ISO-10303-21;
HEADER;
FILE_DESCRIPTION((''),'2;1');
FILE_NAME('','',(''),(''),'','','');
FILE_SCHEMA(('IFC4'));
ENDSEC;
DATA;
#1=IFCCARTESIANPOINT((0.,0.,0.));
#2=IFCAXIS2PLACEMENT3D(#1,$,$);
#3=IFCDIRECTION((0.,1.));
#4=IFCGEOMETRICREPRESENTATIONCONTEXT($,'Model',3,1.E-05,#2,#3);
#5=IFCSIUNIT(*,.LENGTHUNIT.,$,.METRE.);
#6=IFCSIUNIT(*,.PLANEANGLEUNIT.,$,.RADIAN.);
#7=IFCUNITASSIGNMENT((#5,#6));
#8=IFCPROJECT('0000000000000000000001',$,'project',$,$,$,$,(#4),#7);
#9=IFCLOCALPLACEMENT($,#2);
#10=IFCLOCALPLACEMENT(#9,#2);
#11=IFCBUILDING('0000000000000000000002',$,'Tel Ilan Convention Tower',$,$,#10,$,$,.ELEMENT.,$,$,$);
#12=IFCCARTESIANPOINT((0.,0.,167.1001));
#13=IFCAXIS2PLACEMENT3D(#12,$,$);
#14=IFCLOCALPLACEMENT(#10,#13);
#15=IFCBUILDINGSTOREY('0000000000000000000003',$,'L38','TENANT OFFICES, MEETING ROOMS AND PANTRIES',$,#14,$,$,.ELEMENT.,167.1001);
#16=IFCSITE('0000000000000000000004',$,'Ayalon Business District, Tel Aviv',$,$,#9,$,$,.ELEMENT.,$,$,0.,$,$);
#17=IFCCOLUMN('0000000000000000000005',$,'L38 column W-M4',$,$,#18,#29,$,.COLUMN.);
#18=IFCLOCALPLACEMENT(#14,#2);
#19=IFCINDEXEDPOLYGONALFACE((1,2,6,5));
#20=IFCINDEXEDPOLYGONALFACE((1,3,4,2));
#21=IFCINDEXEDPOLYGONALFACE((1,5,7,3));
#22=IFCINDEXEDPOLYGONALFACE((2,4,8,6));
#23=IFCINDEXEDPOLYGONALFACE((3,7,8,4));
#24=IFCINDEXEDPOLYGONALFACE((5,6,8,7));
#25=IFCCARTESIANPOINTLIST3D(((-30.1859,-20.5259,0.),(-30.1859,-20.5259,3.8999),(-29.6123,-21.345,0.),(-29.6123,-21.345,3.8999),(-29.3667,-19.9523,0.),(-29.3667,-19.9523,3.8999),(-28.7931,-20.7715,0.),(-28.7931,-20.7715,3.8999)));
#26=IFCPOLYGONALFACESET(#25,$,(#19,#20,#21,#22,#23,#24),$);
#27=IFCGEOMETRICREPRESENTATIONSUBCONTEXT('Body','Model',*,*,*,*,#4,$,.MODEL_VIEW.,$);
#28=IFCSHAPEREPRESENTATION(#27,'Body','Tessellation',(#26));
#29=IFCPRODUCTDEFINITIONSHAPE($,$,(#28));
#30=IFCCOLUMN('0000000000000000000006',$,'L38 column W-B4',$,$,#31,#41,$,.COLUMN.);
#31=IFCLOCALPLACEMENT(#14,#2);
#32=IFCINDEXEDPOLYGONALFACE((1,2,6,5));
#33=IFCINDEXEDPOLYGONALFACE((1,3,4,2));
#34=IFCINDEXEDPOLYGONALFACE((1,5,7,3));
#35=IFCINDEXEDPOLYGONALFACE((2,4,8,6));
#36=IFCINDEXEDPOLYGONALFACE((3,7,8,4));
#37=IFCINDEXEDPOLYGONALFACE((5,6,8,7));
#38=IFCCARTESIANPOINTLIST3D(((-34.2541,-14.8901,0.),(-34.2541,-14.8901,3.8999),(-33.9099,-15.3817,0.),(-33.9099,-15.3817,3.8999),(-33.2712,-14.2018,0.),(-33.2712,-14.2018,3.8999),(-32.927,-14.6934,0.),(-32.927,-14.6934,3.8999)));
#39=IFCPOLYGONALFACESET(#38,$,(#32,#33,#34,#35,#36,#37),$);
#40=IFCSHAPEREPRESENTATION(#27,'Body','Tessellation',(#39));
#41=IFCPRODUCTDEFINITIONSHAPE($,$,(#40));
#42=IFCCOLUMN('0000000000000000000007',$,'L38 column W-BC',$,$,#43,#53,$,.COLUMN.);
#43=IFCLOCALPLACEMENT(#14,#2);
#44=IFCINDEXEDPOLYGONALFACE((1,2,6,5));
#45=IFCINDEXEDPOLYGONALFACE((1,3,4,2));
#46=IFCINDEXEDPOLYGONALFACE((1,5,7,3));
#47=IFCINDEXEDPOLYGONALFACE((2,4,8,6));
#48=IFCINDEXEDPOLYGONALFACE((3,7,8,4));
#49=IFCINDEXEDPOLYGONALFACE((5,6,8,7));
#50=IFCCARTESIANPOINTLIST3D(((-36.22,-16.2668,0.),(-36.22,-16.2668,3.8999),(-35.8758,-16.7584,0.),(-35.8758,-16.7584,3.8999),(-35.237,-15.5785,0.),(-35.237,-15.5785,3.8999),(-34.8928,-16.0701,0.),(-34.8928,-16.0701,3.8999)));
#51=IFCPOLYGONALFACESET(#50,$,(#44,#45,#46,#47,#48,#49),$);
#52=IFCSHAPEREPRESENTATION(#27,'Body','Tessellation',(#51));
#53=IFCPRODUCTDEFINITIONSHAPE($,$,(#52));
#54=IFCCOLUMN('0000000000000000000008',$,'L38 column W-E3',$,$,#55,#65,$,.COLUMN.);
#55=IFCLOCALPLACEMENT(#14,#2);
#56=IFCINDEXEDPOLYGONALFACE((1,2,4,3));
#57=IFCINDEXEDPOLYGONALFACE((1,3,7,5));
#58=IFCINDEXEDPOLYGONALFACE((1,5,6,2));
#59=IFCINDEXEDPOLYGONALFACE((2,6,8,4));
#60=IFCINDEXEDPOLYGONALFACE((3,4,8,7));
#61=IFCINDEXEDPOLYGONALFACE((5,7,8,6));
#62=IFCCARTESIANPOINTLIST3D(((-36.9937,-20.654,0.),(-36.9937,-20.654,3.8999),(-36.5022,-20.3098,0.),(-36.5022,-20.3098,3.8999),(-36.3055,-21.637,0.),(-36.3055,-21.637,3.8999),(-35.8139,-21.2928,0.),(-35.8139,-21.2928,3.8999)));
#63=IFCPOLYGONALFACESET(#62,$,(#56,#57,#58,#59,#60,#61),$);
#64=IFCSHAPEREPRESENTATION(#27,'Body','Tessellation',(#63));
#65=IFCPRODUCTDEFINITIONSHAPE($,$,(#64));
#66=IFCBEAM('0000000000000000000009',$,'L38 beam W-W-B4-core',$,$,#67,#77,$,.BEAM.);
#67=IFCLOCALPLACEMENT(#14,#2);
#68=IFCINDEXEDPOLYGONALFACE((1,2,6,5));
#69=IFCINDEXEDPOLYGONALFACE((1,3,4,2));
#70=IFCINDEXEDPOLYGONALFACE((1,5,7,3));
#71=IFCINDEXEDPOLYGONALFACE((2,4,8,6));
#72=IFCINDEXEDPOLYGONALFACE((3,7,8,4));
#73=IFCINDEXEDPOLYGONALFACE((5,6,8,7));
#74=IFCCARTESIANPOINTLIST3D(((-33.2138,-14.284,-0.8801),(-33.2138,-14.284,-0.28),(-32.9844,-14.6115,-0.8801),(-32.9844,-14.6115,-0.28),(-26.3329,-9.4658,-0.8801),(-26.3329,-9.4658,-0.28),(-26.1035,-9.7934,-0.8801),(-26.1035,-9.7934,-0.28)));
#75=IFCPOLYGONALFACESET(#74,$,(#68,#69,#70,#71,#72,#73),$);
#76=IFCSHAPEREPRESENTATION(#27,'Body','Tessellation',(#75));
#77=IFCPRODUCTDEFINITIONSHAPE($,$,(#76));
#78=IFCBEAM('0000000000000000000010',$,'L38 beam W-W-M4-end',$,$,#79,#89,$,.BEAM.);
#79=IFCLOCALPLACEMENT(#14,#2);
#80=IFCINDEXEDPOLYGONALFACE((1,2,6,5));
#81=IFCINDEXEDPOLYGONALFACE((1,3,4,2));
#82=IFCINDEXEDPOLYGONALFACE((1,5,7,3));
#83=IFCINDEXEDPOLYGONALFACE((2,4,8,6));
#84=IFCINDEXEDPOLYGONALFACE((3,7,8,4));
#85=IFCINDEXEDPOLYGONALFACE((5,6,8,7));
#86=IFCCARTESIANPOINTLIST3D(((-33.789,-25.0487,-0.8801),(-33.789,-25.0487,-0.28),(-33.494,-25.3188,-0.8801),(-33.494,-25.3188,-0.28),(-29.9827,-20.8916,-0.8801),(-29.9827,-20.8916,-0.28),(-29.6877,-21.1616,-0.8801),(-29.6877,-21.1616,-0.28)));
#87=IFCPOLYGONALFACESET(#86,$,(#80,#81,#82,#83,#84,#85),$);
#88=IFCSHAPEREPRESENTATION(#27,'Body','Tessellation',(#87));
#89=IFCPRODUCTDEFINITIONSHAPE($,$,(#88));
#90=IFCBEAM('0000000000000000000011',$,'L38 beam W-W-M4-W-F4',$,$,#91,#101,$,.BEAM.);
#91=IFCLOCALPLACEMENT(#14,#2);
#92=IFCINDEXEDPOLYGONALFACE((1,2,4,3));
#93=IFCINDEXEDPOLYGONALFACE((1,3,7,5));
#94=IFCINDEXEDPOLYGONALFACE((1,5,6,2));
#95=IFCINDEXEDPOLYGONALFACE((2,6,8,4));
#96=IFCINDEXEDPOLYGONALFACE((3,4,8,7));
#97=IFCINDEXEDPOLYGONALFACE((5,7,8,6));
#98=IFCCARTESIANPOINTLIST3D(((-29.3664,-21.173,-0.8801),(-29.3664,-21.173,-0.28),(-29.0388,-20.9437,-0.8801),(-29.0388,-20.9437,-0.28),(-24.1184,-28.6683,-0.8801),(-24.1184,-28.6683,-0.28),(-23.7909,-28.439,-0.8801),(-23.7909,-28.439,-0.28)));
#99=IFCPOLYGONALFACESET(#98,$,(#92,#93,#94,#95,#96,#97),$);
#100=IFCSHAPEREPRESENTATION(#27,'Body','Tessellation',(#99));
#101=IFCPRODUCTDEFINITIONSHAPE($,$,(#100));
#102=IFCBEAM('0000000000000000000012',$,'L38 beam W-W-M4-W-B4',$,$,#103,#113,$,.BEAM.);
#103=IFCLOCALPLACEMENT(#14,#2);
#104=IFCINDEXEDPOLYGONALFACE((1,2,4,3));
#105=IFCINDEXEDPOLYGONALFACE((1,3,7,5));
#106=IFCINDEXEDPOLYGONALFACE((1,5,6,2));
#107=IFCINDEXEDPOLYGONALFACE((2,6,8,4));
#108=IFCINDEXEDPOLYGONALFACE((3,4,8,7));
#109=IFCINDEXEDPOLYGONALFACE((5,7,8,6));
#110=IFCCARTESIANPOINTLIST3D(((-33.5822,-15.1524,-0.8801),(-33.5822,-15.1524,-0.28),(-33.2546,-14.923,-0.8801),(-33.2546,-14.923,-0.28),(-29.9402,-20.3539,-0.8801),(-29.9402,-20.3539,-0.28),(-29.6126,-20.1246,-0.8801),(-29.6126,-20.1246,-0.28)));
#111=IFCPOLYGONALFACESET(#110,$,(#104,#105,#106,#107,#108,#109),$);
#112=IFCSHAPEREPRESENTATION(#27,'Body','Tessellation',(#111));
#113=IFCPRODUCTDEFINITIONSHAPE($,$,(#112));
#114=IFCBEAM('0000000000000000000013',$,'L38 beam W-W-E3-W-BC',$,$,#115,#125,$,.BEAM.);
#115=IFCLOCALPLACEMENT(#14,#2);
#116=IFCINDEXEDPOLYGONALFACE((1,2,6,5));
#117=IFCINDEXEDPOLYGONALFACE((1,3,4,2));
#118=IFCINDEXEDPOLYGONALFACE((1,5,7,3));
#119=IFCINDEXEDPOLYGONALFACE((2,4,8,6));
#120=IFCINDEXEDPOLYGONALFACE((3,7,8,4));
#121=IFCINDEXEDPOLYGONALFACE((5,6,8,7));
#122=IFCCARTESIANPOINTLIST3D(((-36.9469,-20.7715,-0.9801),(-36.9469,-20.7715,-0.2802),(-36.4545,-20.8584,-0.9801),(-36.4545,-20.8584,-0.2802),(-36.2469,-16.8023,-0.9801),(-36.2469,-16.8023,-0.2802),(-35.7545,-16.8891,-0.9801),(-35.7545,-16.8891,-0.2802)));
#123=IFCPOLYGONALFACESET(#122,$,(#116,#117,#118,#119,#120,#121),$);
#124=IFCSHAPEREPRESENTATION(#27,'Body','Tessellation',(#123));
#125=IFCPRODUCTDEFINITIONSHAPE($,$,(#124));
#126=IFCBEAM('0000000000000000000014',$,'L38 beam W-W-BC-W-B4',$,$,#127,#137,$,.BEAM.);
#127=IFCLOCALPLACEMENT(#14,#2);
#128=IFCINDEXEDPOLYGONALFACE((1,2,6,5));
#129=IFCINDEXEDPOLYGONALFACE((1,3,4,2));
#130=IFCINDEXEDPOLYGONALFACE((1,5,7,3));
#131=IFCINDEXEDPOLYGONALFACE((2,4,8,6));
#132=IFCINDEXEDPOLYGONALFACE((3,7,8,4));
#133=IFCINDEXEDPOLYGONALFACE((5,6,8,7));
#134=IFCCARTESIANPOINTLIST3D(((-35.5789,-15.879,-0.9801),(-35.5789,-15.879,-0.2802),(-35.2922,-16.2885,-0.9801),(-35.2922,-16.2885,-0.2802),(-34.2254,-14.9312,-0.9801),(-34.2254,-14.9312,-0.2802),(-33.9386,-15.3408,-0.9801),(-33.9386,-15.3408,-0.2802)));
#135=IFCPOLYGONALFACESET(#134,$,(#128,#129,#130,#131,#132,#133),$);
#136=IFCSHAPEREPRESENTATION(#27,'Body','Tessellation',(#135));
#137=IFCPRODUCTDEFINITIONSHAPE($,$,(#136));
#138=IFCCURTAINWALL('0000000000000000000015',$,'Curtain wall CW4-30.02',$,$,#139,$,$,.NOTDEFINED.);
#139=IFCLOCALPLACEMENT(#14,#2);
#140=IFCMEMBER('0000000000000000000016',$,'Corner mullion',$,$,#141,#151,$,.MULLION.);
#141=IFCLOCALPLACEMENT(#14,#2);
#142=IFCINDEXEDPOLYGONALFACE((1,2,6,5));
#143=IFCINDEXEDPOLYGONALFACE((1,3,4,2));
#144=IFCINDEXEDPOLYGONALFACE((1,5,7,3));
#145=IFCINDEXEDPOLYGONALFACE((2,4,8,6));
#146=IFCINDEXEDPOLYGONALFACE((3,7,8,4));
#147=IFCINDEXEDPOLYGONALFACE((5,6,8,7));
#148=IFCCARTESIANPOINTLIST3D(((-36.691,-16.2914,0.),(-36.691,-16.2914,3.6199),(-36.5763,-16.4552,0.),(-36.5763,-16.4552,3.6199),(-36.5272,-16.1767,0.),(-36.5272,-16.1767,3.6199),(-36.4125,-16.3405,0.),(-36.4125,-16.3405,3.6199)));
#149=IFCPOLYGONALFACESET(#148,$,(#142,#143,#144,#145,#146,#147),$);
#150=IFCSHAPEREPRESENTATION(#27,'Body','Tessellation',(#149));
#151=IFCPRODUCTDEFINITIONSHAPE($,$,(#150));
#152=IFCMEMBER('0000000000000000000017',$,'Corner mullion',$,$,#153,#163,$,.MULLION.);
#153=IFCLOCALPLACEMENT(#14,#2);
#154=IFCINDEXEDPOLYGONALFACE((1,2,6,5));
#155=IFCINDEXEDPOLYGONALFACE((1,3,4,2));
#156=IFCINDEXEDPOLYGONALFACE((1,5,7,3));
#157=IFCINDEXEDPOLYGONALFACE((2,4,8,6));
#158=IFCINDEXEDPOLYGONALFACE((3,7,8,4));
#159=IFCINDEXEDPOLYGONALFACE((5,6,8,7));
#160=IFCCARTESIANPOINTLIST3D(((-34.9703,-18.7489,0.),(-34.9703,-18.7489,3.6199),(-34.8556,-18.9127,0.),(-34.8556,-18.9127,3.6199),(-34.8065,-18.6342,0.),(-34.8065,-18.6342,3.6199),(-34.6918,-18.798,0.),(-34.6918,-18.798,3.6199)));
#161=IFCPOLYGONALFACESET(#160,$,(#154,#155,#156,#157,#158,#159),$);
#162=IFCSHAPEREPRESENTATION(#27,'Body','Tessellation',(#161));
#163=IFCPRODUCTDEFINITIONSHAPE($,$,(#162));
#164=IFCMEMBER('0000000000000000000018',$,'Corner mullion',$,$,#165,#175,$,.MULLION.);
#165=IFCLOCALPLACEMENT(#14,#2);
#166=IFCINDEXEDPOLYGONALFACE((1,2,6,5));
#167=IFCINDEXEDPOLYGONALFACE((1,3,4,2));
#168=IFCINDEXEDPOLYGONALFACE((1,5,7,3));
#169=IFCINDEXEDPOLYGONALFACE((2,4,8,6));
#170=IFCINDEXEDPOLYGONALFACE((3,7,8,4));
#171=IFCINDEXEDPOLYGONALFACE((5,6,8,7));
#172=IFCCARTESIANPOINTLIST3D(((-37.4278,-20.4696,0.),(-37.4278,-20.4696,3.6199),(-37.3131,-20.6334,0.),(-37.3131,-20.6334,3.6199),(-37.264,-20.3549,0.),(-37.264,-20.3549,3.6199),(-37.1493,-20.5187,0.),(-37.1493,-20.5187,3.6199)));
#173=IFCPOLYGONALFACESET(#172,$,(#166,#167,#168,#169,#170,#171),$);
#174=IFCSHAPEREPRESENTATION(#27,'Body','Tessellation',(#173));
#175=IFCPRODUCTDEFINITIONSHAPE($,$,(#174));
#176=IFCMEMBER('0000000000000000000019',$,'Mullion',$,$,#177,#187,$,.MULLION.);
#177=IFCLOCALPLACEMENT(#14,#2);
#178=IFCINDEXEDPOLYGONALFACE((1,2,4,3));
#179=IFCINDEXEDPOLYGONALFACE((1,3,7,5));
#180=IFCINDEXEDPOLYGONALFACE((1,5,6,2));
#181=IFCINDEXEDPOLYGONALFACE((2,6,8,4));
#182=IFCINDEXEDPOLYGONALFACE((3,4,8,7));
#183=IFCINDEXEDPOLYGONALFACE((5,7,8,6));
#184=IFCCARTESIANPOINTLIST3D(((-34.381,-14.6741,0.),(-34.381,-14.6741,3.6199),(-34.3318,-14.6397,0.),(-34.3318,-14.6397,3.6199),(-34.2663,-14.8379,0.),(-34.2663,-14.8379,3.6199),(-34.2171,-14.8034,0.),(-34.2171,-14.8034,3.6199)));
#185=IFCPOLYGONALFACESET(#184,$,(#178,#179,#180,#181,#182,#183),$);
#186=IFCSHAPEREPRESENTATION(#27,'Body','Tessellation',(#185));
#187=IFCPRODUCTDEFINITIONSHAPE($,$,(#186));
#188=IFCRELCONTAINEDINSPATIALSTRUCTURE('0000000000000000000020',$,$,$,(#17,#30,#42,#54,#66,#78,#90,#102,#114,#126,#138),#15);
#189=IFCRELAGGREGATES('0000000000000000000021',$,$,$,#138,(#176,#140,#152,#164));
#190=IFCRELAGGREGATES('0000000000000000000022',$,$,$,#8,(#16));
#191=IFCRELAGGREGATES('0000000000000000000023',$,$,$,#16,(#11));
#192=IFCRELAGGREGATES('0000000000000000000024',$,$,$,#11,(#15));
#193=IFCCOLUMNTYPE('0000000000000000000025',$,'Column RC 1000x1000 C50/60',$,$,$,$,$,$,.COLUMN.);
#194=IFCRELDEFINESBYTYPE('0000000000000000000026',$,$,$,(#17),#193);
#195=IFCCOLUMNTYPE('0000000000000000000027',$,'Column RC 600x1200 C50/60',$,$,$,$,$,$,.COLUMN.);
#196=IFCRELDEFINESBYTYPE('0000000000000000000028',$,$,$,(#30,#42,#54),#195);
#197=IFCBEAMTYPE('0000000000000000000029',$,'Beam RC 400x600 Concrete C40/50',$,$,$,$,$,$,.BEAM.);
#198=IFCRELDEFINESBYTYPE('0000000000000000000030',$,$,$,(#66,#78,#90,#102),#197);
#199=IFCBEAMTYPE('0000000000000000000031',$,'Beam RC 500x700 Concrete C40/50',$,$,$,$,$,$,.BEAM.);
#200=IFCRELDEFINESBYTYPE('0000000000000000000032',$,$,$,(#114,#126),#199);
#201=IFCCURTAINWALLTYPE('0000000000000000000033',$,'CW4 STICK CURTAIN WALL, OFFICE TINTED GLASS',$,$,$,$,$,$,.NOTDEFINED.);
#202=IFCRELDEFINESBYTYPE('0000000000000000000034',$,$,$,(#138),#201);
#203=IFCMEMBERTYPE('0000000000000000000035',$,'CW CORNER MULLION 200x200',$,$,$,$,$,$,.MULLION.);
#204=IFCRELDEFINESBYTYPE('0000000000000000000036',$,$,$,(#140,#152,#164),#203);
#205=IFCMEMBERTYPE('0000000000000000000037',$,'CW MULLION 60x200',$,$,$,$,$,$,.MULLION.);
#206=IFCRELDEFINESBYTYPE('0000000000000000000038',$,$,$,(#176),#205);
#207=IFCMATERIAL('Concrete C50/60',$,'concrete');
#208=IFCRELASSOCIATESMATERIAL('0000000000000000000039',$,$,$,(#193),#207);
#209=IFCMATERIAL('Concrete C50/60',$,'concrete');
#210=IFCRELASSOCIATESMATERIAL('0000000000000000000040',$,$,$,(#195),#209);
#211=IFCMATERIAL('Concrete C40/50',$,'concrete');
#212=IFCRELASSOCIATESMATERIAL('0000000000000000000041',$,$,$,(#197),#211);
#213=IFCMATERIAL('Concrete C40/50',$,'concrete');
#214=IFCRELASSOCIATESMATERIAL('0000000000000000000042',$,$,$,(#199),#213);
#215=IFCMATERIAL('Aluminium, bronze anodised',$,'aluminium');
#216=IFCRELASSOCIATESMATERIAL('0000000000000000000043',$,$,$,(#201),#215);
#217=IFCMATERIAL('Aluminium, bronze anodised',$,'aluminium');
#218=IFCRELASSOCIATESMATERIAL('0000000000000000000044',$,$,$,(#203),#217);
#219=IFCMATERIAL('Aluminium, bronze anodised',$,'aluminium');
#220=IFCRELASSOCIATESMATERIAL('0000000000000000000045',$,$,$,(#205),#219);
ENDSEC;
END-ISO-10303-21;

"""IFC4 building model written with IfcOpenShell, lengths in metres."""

from ifc_helpers import new_model, si_unit, direction, frame, origin, origin_2d, place, context, subcontext, project, spatial, rectangle, extrude, material, material_profile, profile_set, type_object, element, aggregate, save


model = new_model("IFC4")

# Units and contexts
model_context = context("Model", 3, precision=1e-05, world=origin(), true_north=direction((0.0, 1.0)))
body_context = subcontext(model_context, "Body", "Model", "MODEL_VIEW")
ifc_project = project(units=[si_unit("LENGTHUNIT", "METRE"), si_unit("PLANEANGLEUNIT", "RADIAN")], contexts=[model_context])

# Site, building, storey
site_placement = place(None, origin())
site = spatial("IfcSite", under=ifc_project, at=site_placement, Name="Ayalon Business District, Tel Aviv", CompositionType="ELEMENT", RefElevation=0.0)
building_placement = place(site_placement, origin())
building = spatial("IfcBuilding", under=site, at=building_placement, Name="Tel Ilan Convention Tower", CompositionType="ELEMENT")
storey_placement = place(building_placement, frame((0.0, 0.0, 167.1001)))
storey = spatial("IfcBuildingStorey", under=building, at=storey_placement, Name="L38", Description="TENANT OFFICES, MEETING ROOMS AND PANTRIES", CompositionType="ELEMENT", Elevation=167.1001)

# Columns
ifc_material_1 = material(Name="Concrete C50/60", Category="concrete")
ifc_material_profile_1 = material_profile(ifc_material_1, rectangle(XDim=1.0, YDim=1.0, at=origin_2d()), Name="RC 1000x1000")
ifc_profile_set_1 = profile_set([ifc_material_profile_1], Name="Concrete C50/60")
column_type_1 = type_object("IfcColumnType", Name="Column RC 1000x1000 C50/60", PredefinedType="COLUMN", material=ifc_profile_set_1)
column_placement = place(storey_placement, frame((-29.4895, -20.6487, 0.0), z_axis=(0.0, 0.0, 1.0), x_axis=(-0.819152, -0.573576, 0.0)))
element("IfcColumn", 1, at=column_placement, inside=storey, type_object=column_type_1, Name="L38 column W-M4", PredefinedType="COLUMN", context=body_context, shape_type="SweptSolid", body=[
    extrude(rectangle(XDim=1.0, YDim=1.0, at=origin_2d()), origin(), (0.0, 0.0, 1.0), 3.8999),
])
ifc_material_2 = material(Name="Concrete C50/60", Category="concrete")
ifc_material_profile_2 = material_profile(ifc_material_2, rectangle(XDim=1.2, YDim=0.6001, at=origin_2d()), Name="RC 600x1200")
ifc_profile_set_2 = profile_set([ifc_material_profile_2], Name="Concrete C50/60")
column_type_2 = type_object("IfcColumnType", Name="Column RC 600x1200 C50/60", PredefinedType="COLUMN", material=ifc_profile_set_2)
for number, where, z_axis, x_axis, name in (
    (2, (-33.5906, -14.7917, 0.0), (0.0, 0.0, 1.0), (-0.819152, -0.573576, 0.0), "L38 column W-B4"),
    (3, (-35.5564, -16.1685, 0.0), (0.0, 0.0, 1.0), (-0.819152, -0.573576, 0.0), "L38 column W-BC"),
    (4, (-36.4038, -20.9734, 0.0), (0.0, 0.0, 1.0), (-0.573576, 0.819152, 0.0), "L38 column W-E3"),
):
    element("IfcColumn", number, at=place(storey_placement, frame(where, z_axis=z_axis, x_axis=x_axis)), inside=storey, type_object=column_type_2, Name=name, PredefinedType="COLUMN", context=body_context, shape_type="SweptSolid", body=[
        extrude(rectangle(XDim=1.2, YDim=0.6001, at=origin_2d()), origin(), (0.0, 0.0, 1.0), 3.8999),
    ])

# Beams
ifc_material_3 = material(Name="Concrete C40/50", Category="concrete")
ifc_material_profile_3 = material_profile(ifc_material_3, rectangle(XDim=0.3999, YDim=0.6001, at=origin_2d()), Name="RC 400x600")
ifc_profile_set_3 = profile_set([ifc_material_profile_3], Name="Concrete C40/50")
beam_type_1 = type_object("IfcBeamType", Name="Beam RC 400x600 Concrete C40/50", PredefinedType="BEAM", material=ifc_profile_set_3)
beam_1_placement = place(storey_placement, frame((-33.0991, -14.4478, -0.5801), z_axis=(0.819147, 0.573583, 0.0), x_axis=(-0.573583, 0.819147, 0.0)))
element("IfcBeam", 5, at=beam_1_placement, inside=storey, type_object=beam_type_1, Name="L38 beam W-W-B4-core", PredefinedType="BEAM", context=body_context, shape_type="SweptSolid", body=[
    extrude(rectangle(XDim=0.3999, YDim=0.6001, at=origin_2d()), origin(), (0.0, 0.0, 1.0), 8.4001),
])
beam_2_placement = place(storey_placement, frame((-29.8352, -21.0266, -0.5801), z_axis=(-0.675301, -0.737542, 0.0), x_axis=(0.737542, -0.675301, 0.0)))
element("IfcBeam", 6, at=beam_2_placement, inside=storey, type_object=beam_type_1, Name="L38 beam W-W-M4-end", PredefinedType="BEAM", context=body_context, shape_type="SweptSolid", body=[
    extrude(rectangle(XDim=0.3999, YDim=0.6001, at=origin_2d()), origin(), (0.0, 0.0, 1.0), 5.6365),
])
beam_3_placement = place(storey_placement, frame((-29.2026, -21.0583, -0.5801), z_axis=(0.573557, -0.819165, 0.0), x_axis=(0.819165, 0.573557, 0.0)))
element("IfcBeam", 7, at=beam_3_placement, inside=storey, type_object=beam_type_1, Name="L38 beam W-W-M4-W-F4", PredefinedType="BEAM", context=body_context, shape_type="SweptSolid", body=[
    extrude(rectangle(XDim=0.3999, YDim=0.6001, at=origin_2d()), origin(), (0.0, 0.0, 1.0), 9.1499),
])
beam_4_placement = place(storey_placement, frame((-29.7764, -20.2393, -0.5801), z_axis=(-0.57356, 0.819163, 0.0), x_axis=(-0.819163, -0.57356, 0.0)))
element("IfcBeam", 8, at=beam_4_placement, inside=storey, type_object=beam_type_1, Name="L38 beam W-W-M4-W-B4", PredefinedType="BEAM", context=body_context, shape_type="SweptSolid", body=[
    extrude(rectangle(XDim=0.3999, YDim=0.6001, at=origin_2d()), origin(), (0.0, 0.0, 1.0), 6.3499),
])
ifc_material_4 = material(Name="Concrete C40/50", Category="concrete")
ifc_material_profile_4 = material_profile(ifc_material_4, rectangle(XDim=0.5, YDim=0.7, at=origin_2d()), Name="RC 500x700")
ifc_profile_set_4 = profile_set([ifc_material_profile_4], Name="Concrete C40/50")
beam_type_2 = type_object("IfcBeamType", Name="Beam RC 500x700 Concrete C40/50", PredefinedType="BEAM", material=ifc_profile_set_4)
beam_5_placement = place(storey_placement, frame((-36.7007, -20.8149, -0.6301), z_axis=(0.173664, 0.984805, 0.0), x_axis=(-0.984805, 0.173664, 0.0)))
element("IfcBeam", 9, at=beam_5_placement, inside=storey, type_object=beam_type_2, Name="L38 beam W-W-E3-W-BC", PredefinedType="BEAM", context=body_context, shape_type="SweptSolid", body=[
    extrude(rectangle(XDim=0.5, YDim=0.7, at=origin_2d()), origin(), (0.0, 0.0, 1.0), 4.0305),
])
beam_6_placement = place(storey_placement, frame((-35.4355, -16.0837, -0.6301), z_axis=(0.819149, 0.573581, 0.0), x_axis=(-0.573581, 0.819149, 0.0)))
element("IfcBeam", 10, at=beam_6_placement, inside=storey, type_object=beam_type_2, Name="L38 beam W-W-BC-W-B4", PredefinedType="BEAM", context=body_context, shape_type="SweptSolid", body=[
    extrude(rectangle(XDim=0.5, YDim=0.7, at=origin_2d()), origin(), (0.0, 0.0, 1.0), 1.6523),
])

# Curtain wall, members
ifc_material_5 = material(Name="Aluminium, bronze anodised", Category="aluminium")
curtain_wall_type = type_object("IfcCurtainWallType", Name="CW4 STICK CURTAIN WALL, OFFICE TINTED GLASS", PredefinedType="NOTDEFINED", material=ifc_material_5)
curtain_wall_placement = place(storey_placement, origin())
curtain_wall = element("IfcCurtainWall", 11, at=curtain_wall_placement, inside=storey, type_object=curtain_wall_type, Name="Curtain wall CW4-30.02", PredefinedType="NOTDEFINED")
ifc_material_6 = material(Name="Aluminium, bronze anodised", Category="aluminium")
ifc_material_profile_5 = material_profile(ifc_material_6, rectangle(XDim=0.2, YDim=0.2, at=origin_2d()), Name="CW CORNER MULLION 200x200")
ifc_profile_set_5 = profile_set([ifc_material_profile_5], Name="Aluminium, bronze anodised")
member_type_1 = type_object("IfcMemberType", Name="CW CORNER MULLION 200x200", PredefinedType="MULLION", material=ifc_profile_set_5)
member_1_placement = place(storey_placement, frame((-36.5518, -16.3159, 0.0), z_axis=(0.0, 0.0, 1.0), x_axis=(-0.819152, -0.573576, 0.0)))
member_1 = element("IfcMember", 12, at=member_1_placement, type_object=member_type_1, Name="Corner mullion", PredefinedType="MULLION", context=body_context, shape_type="SweptSolid", body=[
    extrude(rectangle(XDim=0.2, YDim=0.2, at=origin_2d()), origin(), (0.0, 0.0, 1.0), 3.6199),
])
member_2_placement = place(storey_placement, frame((-34.8311, -18.7734, 0.0), z_axis=(0.0, 0.0, 1.0), x_axis=(0.573576, -0.819152, 0.0)))
member_2 = element("IfcMember", 13, at=member_2_placement, type_object=member_type_1, Name="Corner mullion", PredefinedType="MULLION", context=body_context, shape_type="SweptSolid", body=[
    extrude(rectangle(XDim=0.2, YDim=0.2, at=origin_2d()), origin(), (0.0, 0.0, 1.0), 3.6199),
])
member_3_placement = place(storey_placement, frame((-37.2886, -20.4941, 0.0), z_axis=(0.0, 0.0, 1.0), x_axis=(-0.819152, -0.573576, 0.0)))
member_3 = element("IfcMember", 14, at=member_3_placement, type_object=member_type_1, Name="Corner mullion", PredefinedType="MULLION", context=body_context, shape_type="SweptSolid", body=[
    extrude(rectangle(XDim=0.2, YDim=0.2, at=origin_2d()), origin(), (0.0, 0.0, 1.0), 3.6199),
])
ifc_material_7 = material(Name="Aluminium, bronze anodised", Category="aluminium")
ifc_material_profile_6 = material_profile(ifc_material_7, rectangle(XDim=0.0601, YDim=0.2, at=origin_2d()), Name="CW MULLION 60x200")
ifc_profile_set_6 = profile_set([ifc_material_profile_6], Name="Aluminium, bronze anodised")
member_type_2 = type_object("IfcMemberType", Name="CW MULLION 60x200", PredefinedType="MULLION", material=ifc_profile_set_6)
member_4_placement = place(storey_placement, frame((-34.2991, -14.7388, 0.0), z_axis=(0.0, 0.0, 1.0), x_axis=(-0.819152, -0.573576, 0.0)))
member_4 = element("IfcMember", 15, at=member_4_placement, type_object=member_type_2, Name="Mullion", PredefinedType="MULLION", context=body_context, shape_type="SweptSolid", body=[
    extrude(rectangle(XDim=0.0601, YDim=0.2, at=origin_2d()), origin(), (0.0, 0.0, 1.0), 3.6199),
])
aggregate(curtain_wall, [member_4, member_1, member_2, member_3])

save(model, "model.ifc")
